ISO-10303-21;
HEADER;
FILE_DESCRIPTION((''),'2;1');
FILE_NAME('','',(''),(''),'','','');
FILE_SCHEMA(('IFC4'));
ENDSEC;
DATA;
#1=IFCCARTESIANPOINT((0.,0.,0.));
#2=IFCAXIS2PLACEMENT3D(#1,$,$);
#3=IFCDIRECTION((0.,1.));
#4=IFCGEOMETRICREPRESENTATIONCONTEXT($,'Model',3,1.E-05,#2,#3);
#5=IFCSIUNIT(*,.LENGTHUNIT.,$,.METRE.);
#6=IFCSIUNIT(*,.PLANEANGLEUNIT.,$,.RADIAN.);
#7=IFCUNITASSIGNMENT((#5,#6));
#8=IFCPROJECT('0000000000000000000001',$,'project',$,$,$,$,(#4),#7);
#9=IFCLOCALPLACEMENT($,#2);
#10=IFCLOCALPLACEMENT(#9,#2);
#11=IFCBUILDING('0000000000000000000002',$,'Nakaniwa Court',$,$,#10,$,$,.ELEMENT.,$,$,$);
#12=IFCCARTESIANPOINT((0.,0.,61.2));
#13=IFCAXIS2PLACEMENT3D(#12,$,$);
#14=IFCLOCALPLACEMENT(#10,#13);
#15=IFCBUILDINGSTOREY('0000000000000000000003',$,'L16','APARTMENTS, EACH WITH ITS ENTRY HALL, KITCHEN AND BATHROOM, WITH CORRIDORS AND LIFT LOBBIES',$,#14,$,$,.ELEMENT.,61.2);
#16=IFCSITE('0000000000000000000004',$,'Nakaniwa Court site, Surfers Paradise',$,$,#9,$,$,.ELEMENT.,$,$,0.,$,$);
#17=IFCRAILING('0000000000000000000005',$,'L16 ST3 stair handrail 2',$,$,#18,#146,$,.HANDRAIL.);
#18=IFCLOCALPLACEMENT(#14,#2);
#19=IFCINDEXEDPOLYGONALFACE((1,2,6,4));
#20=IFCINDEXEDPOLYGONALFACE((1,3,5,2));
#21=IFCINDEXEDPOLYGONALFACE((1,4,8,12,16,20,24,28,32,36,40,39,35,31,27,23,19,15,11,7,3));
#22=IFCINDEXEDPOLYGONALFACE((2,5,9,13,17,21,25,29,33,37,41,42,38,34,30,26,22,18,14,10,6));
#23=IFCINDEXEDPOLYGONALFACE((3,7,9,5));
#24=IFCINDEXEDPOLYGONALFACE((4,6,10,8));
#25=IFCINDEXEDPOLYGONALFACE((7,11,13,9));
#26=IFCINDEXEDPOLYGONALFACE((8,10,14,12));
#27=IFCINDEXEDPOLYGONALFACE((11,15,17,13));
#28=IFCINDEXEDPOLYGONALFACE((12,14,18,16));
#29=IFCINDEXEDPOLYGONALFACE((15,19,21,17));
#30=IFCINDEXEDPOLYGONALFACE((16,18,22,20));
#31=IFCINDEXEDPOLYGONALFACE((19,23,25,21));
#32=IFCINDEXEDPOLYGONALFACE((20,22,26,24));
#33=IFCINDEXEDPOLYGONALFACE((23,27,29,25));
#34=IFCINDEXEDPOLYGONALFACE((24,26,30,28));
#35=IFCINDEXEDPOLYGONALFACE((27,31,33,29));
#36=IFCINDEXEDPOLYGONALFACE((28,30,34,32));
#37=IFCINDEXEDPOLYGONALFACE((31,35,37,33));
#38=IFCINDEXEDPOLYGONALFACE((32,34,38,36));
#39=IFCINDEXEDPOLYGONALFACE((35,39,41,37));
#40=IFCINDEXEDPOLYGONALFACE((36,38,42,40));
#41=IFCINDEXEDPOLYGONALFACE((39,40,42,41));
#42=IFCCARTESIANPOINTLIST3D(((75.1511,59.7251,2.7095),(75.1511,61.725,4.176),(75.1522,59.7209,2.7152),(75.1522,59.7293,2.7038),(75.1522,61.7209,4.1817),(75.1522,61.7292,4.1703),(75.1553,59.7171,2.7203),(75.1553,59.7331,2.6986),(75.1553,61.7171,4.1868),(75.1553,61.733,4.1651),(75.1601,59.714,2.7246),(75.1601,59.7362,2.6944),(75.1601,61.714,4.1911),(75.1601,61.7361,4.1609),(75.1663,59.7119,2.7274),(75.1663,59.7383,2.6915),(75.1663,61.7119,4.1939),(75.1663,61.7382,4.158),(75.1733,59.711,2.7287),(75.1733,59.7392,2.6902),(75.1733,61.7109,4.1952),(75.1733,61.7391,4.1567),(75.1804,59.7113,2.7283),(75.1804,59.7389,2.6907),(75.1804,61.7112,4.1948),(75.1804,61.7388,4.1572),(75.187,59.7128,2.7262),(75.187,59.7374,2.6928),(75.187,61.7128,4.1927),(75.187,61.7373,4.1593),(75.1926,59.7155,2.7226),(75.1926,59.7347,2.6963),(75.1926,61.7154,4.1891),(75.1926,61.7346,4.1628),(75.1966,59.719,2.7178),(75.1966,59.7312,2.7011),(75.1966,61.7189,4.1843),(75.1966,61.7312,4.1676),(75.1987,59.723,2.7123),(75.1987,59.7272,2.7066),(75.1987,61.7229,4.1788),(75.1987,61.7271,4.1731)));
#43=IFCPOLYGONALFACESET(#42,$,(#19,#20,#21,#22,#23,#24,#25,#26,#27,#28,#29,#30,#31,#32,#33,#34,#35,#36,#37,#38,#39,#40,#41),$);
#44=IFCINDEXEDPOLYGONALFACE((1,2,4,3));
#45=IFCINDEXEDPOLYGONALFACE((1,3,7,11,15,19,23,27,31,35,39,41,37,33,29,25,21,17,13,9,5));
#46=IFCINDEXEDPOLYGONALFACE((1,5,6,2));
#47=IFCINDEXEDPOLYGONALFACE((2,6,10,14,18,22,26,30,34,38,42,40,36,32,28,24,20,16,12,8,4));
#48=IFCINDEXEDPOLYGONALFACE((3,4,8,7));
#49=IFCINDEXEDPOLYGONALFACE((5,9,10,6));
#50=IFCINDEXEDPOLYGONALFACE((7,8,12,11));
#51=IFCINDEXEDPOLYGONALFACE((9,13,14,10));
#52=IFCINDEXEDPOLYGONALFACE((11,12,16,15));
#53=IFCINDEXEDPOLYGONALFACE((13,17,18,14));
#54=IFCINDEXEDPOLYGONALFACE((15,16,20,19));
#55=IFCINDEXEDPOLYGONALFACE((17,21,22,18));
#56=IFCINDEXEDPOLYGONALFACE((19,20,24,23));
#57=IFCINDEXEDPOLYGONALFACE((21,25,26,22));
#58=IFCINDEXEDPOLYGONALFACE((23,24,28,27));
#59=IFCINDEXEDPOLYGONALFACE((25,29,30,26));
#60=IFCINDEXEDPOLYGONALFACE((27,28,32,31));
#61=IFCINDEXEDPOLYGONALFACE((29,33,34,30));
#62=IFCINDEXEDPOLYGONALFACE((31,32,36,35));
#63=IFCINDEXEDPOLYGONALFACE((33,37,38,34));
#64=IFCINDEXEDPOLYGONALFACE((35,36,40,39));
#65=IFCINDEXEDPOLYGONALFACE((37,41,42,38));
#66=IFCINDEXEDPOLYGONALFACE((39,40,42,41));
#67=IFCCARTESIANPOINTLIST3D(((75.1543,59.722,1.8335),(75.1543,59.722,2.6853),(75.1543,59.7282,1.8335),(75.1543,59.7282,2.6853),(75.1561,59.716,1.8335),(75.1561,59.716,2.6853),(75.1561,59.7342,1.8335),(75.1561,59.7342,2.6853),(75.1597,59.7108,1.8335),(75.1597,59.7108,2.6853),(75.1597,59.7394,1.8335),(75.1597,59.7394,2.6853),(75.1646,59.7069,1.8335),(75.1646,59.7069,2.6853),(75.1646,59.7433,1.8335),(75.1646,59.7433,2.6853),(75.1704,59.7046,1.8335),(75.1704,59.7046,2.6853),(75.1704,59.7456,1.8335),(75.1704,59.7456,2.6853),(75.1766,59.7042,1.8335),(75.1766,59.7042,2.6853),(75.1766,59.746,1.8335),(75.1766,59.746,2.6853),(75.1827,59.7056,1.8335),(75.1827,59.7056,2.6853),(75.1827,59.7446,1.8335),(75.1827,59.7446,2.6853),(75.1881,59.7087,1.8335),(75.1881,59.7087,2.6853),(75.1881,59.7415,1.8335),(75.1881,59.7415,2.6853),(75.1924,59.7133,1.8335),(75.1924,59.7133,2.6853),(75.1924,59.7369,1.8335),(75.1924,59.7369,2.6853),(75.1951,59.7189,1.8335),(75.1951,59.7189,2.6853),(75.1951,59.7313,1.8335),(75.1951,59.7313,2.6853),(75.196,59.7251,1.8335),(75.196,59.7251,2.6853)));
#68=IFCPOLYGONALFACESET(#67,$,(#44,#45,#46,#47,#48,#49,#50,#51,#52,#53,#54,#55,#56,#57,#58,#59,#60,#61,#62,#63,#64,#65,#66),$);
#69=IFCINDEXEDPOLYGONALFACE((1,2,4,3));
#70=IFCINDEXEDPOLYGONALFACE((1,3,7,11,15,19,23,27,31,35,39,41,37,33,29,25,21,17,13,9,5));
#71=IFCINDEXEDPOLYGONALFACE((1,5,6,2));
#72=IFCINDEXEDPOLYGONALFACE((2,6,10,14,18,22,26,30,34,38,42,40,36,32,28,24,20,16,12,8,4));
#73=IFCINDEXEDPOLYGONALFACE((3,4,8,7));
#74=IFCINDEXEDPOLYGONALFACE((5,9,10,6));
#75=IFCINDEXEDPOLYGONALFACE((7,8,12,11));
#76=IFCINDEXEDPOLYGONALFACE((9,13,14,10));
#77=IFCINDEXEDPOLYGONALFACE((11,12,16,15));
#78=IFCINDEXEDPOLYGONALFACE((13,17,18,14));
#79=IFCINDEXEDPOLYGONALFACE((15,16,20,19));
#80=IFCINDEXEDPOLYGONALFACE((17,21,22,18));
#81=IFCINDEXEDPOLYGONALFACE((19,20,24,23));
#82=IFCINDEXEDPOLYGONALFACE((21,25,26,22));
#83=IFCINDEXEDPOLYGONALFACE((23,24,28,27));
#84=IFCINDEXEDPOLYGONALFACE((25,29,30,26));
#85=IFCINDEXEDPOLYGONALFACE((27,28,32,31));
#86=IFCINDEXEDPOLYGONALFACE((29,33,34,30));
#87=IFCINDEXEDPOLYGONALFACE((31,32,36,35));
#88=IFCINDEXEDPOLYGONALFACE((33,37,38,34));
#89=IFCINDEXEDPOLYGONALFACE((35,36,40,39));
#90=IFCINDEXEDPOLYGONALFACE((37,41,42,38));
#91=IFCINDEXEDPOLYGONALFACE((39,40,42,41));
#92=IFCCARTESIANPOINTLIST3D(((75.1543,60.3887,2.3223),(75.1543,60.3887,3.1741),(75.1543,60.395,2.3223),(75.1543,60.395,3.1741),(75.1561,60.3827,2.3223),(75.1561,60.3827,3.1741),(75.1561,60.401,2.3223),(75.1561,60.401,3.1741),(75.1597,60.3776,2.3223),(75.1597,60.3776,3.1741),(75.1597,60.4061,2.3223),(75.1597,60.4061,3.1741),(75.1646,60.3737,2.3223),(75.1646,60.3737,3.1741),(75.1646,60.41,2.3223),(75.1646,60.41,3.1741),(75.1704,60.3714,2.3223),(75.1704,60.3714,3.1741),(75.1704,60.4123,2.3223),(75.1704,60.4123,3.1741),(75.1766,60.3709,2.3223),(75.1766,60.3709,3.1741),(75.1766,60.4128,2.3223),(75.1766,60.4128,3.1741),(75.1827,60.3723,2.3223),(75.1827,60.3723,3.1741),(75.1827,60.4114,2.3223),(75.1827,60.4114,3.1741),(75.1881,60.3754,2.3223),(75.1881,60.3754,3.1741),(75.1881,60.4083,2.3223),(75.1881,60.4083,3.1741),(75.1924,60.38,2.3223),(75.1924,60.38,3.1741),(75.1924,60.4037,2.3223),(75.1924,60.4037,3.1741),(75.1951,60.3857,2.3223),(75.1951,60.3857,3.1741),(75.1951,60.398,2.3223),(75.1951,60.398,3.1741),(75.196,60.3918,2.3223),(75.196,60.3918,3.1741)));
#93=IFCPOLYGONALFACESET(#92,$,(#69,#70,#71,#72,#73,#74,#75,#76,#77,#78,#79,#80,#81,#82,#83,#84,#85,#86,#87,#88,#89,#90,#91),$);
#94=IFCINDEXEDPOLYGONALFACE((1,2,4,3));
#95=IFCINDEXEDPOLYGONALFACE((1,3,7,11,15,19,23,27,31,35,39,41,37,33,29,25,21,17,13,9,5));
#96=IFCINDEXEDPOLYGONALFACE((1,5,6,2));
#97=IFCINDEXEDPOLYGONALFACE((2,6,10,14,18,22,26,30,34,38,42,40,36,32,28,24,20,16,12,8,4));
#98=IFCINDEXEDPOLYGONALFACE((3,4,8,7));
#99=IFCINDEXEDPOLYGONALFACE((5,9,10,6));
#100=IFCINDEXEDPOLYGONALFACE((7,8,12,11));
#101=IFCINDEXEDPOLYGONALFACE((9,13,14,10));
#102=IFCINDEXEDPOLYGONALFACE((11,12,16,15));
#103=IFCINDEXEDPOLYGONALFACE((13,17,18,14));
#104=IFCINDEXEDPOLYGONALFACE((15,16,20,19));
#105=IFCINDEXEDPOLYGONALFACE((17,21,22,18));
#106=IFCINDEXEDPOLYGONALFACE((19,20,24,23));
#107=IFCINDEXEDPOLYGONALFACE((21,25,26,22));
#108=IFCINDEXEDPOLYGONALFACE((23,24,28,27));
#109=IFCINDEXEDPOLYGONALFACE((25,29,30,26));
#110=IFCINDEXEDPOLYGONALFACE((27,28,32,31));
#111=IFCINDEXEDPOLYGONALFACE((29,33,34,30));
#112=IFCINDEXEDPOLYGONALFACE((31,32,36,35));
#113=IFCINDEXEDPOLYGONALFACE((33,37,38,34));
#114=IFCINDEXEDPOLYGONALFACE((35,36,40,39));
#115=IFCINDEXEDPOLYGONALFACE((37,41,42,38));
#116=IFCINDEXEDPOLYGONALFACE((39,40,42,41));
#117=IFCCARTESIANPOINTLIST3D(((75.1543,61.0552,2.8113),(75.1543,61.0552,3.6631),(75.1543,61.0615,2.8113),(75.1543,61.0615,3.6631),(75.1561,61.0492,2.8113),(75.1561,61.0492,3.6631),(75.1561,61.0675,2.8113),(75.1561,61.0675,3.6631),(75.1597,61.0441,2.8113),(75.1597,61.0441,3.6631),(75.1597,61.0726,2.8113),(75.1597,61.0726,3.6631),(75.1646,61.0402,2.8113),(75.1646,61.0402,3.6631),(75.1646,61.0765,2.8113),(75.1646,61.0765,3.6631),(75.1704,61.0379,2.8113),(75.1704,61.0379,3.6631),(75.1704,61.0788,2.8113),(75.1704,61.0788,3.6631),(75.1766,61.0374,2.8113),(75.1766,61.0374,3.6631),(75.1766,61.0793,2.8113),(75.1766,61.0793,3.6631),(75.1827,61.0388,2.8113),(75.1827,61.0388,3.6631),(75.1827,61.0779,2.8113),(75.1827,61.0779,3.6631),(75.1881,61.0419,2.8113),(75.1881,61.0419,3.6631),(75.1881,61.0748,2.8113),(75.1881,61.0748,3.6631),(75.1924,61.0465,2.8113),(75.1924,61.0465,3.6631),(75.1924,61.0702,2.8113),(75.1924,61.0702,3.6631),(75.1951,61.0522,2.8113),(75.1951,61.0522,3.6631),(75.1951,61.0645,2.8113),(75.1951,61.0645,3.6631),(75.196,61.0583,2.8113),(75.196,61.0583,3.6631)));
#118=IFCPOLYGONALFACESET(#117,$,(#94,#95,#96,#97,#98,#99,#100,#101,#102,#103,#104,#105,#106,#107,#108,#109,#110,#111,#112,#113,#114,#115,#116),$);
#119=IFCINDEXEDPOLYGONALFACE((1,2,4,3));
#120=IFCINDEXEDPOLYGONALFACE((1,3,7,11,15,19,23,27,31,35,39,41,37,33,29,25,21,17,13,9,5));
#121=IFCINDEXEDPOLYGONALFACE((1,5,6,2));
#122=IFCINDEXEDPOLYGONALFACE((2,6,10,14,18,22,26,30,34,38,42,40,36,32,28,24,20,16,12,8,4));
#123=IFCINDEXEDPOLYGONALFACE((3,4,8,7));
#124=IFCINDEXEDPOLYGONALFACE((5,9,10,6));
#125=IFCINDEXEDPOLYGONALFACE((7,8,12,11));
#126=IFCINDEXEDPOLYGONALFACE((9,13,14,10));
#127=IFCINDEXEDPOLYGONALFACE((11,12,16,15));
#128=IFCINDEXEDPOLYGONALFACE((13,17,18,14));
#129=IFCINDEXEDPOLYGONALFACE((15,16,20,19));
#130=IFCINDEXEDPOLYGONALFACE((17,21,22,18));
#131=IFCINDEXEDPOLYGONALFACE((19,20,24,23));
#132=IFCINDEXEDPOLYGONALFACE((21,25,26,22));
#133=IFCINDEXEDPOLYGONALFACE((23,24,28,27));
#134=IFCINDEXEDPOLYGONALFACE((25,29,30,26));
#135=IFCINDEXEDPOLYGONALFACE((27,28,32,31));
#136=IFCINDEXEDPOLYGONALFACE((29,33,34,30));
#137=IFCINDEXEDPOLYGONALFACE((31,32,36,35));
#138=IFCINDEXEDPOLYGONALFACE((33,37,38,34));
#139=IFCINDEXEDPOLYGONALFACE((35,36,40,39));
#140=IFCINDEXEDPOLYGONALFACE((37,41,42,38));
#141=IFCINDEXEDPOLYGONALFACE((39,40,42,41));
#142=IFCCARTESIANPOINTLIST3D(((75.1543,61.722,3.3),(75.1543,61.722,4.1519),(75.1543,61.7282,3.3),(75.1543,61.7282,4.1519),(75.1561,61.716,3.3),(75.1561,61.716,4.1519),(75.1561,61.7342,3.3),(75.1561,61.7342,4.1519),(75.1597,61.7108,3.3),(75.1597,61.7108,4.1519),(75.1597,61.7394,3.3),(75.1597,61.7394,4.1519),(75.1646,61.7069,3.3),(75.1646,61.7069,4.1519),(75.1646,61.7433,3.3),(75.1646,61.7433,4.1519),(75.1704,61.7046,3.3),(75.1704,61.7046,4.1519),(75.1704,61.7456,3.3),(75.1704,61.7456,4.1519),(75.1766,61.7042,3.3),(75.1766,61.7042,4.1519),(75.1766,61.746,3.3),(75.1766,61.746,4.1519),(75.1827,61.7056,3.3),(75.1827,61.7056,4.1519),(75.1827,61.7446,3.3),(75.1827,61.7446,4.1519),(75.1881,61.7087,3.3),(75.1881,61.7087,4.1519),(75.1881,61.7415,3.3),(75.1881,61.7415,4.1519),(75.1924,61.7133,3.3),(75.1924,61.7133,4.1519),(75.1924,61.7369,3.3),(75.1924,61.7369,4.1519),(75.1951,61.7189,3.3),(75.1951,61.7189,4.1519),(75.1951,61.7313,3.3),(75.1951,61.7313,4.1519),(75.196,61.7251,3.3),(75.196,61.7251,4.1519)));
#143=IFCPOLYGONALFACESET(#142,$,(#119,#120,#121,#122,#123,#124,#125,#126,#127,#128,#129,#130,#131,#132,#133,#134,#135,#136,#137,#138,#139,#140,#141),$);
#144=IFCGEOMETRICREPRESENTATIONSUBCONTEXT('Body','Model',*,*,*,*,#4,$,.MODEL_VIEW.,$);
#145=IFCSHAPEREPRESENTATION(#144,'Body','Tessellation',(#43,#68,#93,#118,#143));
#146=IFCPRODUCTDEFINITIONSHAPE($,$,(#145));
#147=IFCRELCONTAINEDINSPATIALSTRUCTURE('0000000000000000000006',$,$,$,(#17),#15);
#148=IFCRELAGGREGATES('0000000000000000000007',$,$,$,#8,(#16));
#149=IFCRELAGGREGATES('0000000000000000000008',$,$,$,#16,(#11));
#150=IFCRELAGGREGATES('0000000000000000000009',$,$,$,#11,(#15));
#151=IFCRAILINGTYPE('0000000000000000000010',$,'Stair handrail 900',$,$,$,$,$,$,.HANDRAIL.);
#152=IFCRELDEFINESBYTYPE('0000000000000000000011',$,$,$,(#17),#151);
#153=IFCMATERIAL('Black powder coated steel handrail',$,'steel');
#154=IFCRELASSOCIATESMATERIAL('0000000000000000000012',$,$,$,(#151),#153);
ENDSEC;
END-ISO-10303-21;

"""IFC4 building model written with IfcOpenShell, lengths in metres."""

from ifc_helpers import new_model, si_unit, direction, frame, origin, origin_2d, place, context, subcontext, project, spatial, circle, extrude, material, type_object, element, save


model = new_model("IFC4")

# Units and contexts
model_context = context("Model", 3, precision=1e-05, world=origin(), true_north=direction((0.0, 1.0)))
body_context = subcontext(model_context, "Body", "Model", "MODEL_VIEW")
ifc_project = project(units=[si_unit("LENGTHUNIT", "METRE"), si_unit("PLANEANGLEUNIT", "RADIAN")], contexts=[model_context])

# Site, building, storey
site_placement = place(None, origin())
site = spatial("IfcSite", under=ifc_project, at=site_placement, Name="Nakaniwa Court site, Surfers Paradise", CompositionType="ELEMENT", RefElevation=0.0)
building_placement = place(site_placement, origin())
building = spatial("IfcBuilding", under=site, at=building_placement, Name="Nakaniwa Court", CompositionType="ELEMENT")
storey_placement = place(building_placement, frame((0.0, 0.0, 61.2)))
storey = spatial("IfcBuildingStorey", under=building, at=storey_placement, Name="L16", Description="APARTMENTS, EACH WITH ITS ENTRY HALL, KITCHEN AND BATHROOM, WITH CORRIDORS AND LIFT LOBBIES", CompositionType="ELEMENT", Elevation=61.2)

# Railing
ifc_material_1 = material(Name="Black powder coated steel handrail", Category="steel")
railing_type_1 = type_object("IfcRailingType", Name="Stair handrail 900", PredefinedType="HANDRAIL", material=ifc_material_1)
railing_1_placement = place(storey_placement, frame((75.175, 59.7251, 1.8335)))
element("IfcRailing", 1, at=railing_1_placement, inside=storey, type_object=railing_type_1, Name="L16 ST3 stair handrail 2", PredefinedType="HANDRAIL", context=body_context, shape_type="SweptSolid", body=[
    extrude(circle(Radius=0.0239, at=origin_2d()), frame((0.0, 0.0, 0.876), z_axis=(0.0, 0.806427, 0.591334), x_axis=(-1.0, 0.0, 0.0)), (0.0, 0.0, 1.0), 2.48),
    extrude(circle(Radius=0.021, at=origin_2d()), origin(), (0.0, 0.0, 1.0), 0.8518),
    extrude(circle(Radius=0.021, at=origin_2d()), frame((0.0, 0.6667, 0.4888)), (0.0, 0.0, 1.0), 0.8518),
    extrude(circle(Radius=0.021, at=origin_2d()), frame((0.0, 1.3333, 0.9778)), (0.0, 0.0, 1.0), 0.8518),
    extrude(circle(Radius=0.021, at=origin_2d()), frame((0.0, 2.0, 1.4666)), (0.0, 0.0, 1.0), 0.8518),
])

save(model, "model.ifc")
